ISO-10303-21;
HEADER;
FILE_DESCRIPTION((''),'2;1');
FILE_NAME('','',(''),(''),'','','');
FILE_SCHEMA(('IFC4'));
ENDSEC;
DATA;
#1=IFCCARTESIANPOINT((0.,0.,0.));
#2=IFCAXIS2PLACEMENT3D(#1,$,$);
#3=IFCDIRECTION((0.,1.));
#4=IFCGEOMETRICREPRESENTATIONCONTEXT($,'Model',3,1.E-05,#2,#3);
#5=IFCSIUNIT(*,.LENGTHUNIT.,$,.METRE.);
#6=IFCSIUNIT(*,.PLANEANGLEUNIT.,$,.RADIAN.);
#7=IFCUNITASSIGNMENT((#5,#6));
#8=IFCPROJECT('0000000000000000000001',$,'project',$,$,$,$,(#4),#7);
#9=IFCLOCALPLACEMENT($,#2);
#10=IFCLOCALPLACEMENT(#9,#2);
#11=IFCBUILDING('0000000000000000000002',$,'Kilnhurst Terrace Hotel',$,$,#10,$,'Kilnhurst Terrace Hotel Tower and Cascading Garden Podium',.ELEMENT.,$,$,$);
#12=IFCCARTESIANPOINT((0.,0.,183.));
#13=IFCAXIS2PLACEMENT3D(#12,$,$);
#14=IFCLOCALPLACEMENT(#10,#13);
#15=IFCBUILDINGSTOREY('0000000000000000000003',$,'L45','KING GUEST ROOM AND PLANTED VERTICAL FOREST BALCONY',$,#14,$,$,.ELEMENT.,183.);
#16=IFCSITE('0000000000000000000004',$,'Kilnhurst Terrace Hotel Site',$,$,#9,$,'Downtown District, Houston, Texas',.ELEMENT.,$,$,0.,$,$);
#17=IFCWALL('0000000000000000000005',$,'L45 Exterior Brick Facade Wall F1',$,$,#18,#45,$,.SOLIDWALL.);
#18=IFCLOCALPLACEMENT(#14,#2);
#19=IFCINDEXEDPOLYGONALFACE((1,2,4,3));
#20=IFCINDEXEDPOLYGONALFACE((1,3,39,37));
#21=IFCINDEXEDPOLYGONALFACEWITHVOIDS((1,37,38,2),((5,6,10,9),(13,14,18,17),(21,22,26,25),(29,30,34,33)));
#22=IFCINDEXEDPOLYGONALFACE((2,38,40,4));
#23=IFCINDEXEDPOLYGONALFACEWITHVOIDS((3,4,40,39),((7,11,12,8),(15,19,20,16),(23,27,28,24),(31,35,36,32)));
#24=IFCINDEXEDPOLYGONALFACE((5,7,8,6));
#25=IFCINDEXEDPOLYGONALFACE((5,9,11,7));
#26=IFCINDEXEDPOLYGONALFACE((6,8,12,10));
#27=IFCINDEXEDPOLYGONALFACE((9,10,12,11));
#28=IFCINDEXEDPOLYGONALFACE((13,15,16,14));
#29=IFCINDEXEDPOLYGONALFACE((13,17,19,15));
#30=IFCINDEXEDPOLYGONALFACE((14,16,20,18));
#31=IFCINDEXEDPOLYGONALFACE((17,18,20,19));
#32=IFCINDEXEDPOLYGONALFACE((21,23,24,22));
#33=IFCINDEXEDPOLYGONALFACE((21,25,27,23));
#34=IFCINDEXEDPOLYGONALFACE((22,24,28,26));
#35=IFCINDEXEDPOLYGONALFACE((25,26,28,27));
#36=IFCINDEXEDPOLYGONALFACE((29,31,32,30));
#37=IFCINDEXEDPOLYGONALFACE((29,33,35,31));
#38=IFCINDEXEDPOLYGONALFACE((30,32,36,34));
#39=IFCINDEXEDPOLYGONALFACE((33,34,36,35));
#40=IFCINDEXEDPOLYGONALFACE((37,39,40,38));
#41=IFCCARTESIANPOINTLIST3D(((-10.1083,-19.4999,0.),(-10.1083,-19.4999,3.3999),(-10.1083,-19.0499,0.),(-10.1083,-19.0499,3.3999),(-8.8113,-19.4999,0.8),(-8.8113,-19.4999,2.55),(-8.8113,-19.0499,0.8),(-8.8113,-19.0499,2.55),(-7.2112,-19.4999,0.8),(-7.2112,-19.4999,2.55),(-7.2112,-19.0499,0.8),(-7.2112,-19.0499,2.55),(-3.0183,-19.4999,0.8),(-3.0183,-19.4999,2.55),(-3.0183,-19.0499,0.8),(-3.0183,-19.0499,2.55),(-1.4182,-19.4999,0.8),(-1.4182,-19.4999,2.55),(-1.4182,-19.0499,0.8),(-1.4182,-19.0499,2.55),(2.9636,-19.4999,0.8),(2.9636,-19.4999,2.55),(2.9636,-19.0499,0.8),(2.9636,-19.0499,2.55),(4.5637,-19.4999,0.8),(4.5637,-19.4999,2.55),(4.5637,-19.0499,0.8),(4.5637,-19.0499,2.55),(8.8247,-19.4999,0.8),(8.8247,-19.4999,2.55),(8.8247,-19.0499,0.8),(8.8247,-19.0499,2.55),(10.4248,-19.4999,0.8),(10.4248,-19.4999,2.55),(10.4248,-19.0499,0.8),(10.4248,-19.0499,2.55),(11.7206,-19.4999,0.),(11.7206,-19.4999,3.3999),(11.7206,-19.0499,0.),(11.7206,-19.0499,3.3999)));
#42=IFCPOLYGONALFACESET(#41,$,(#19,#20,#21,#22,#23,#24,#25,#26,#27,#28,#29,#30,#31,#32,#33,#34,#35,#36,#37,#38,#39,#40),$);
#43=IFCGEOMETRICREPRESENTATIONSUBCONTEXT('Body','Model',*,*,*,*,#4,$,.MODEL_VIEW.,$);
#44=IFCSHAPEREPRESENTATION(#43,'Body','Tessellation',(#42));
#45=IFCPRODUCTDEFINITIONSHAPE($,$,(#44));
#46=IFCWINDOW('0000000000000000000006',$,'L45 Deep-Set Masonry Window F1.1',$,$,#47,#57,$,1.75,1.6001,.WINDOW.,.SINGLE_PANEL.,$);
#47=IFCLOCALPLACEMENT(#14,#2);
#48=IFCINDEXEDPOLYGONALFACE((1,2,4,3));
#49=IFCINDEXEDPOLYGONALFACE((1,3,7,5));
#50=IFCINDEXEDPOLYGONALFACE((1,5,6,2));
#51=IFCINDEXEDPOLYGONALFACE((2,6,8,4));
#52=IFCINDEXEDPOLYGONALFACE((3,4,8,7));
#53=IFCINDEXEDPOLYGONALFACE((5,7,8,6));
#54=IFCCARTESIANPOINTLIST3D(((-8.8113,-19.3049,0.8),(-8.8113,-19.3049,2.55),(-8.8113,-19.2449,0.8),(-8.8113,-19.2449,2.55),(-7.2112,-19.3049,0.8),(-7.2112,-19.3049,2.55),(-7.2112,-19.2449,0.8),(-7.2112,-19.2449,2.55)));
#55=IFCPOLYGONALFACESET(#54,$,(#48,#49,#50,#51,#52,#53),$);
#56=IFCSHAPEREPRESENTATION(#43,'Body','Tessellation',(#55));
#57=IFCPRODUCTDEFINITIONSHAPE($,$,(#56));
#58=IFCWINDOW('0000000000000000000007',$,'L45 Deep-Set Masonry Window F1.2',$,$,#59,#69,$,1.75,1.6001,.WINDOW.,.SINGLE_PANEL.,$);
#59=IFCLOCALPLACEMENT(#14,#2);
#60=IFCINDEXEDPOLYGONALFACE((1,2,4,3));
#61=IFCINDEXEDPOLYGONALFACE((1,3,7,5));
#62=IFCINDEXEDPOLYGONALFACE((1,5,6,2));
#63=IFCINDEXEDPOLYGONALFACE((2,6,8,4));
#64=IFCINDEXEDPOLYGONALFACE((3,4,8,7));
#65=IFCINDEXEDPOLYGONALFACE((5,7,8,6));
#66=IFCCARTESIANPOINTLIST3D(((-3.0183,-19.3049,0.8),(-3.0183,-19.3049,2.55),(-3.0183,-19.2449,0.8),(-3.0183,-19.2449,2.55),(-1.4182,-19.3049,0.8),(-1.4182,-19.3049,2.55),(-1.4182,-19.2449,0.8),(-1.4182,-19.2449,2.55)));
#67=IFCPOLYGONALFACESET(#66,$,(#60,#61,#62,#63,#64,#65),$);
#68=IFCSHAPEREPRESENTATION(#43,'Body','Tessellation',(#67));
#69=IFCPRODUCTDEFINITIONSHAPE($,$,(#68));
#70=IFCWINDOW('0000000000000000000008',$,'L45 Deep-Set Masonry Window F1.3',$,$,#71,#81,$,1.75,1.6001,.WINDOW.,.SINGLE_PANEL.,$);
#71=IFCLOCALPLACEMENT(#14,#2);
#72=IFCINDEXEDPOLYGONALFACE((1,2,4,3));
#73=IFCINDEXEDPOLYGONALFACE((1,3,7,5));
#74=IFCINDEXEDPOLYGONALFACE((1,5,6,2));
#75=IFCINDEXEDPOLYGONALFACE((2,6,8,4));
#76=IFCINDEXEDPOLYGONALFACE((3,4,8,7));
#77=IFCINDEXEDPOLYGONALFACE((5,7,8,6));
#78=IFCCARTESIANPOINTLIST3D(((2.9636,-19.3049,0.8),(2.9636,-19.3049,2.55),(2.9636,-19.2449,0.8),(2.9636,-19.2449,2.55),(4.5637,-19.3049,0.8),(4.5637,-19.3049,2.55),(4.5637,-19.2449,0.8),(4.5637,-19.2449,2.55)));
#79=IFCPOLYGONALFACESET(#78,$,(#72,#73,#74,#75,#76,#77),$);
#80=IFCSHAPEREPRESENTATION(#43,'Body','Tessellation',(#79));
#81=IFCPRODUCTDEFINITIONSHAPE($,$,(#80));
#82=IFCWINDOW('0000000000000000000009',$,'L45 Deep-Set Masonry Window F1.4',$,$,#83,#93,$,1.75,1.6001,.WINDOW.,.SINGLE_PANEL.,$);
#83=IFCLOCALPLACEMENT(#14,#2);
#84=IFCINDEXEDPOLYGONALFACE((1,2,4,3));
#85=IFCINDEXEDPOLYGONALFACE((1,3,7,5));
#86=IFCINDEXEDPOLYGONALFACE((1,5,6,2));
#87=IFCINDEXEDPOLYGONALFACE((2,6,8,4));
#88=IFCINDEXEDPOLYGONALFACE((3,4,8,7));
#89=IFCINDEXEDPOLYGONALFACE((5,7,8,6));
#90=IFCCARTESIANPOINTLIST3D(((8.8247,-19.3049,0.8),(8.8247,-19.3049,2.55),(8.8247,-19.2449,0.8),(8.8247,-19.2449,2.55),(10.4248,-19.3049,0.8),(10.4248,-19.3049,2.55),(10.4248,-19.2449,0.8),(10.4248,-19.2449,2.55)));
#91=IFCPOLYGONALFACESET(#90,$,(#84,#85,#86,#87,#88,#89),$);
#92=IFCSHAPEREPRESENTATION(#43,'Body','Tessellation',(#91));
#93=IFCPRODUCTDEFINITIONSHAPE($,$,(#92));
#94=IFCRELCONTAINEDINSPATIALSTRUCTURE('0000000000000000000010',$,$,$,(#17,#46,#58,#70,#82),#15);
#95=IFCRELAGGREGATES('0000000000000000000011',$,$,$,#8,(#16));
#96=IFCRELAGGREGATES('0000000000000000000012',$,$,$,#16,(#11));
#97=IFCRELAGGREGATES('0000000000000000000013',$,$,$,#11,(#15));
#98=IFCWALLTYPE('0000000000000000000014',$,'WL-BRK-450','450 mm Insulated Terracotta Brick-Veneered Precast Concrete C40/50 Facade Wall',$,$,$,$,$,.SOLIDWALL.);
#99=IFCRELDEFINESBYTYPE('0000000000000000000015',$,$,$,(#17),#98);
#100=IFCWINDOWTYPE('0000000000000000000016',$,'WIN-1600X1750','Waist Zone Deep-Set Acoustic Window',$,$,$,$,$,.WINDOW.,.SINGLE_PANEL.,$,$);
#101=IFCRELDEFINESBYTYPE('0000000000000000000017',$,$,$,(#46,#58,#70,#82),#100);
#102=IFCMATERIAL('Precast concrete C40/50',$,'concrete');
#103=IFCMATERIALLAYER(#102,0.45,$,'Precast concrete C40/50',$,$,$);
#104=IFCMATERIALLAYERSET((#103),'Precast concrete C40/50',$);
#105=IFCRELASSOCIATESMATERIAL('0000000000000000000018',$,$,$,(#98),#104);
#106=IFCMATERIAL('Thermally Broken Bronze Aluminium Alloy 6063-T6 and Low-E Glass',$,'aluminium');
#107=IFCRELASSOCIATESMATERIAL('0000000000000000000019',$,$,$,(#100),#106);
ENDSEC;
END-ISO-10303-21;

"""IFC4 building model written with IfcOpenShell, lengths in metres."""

from ifc_helpers import new_model, si_unit, direction, frame, frame_2d, origin, place, context, subcontext, project, spatial, rectangle, extrude, material, layer, layer_set, type_object, element, fill, save


model = new_model("IFC4")

# Units and contexts
model_context = context("Model", 3, precision=1e-05, world=origin(), true_north=direction((0.0, 1.0)))
body_context = subcontext(model_context, "Body", "Model", "MODEL_VIEW")
ifc_project = project(units=[si_unit("LENGTHUNIT", "METRE"), si_unit("PLANEANGLEUNIT", "RADIAN")], contexts=[model_context])

# Site, building, storey
site_placement = place(None, origin())
site = spatial("IfcSite", under=ifc_project, at=site_placement, Name="Kilnhurst Terrace Hotel Site", LongName="Downtown District, Houston, Texas", CompositionType="ELEMENT", RefElevation=0.0)
building_placement = place(site_placement, origin())
building = spatial("IfcBuilding", under=site, at=building_placement, Name="Kilnhurst Terrace Hotel", LongName="Kilnhurst Terrace Hotel Tower and Cascading Garden Podium", CompositionType="ELEMENT")
storey_placement = place(building_placement, frame((0.0, 0.0, 183.0)))
storey = spatial("IfcBuildingStorey", under=building, at=storey_placement, Name="L45", Description="KING GUEST ROOM AND PLANTED VERTICAL FOREST BALCONY", CompositionType="ELEMENT", Elevation=183.0)

# Shared definitions
ifc_material_1 = material(Name="Precast concrete C40/50", Category="concrete")
ifc_layer_1 = layer(ifc_material_1, 0.45, Name="Precast concrete C40/50")
ifc_layer_set_1 = layer_set([ifc_layer_1], Name="Precast concrete C40/50")
wall_type_1 = type_object("IfcWallType", Name="WL-BRK-450", Description="450 mm Insulated Terracotta Brick-Veneered Precast Concrete C40/50 Facade Wall", PredefinedType="SOLIDWALL", material=ifc_layer_set_1)

# Wall, openings, windows
wall_1_placement = place(storey_placement, frame((-10.1084, -19.2749, 0.0), z_axis=(0.0, 0.0, 1.0), x_axis=(1.0, 0.0, 0.0)))
wall_1 = element("IfcWall", 1, at=wall_1_placement, inside=storey, type_object=wall_type_1, Name="L45 Exterior Brick Facade Wall F1", PredefinedType="SOLIDWALL", context=body_context, shape_type="SweptSolid", body=[
    extrude(rectangle(XDim=21.8289, YDim=0.45, at=frame_2d((10.9146, 0.0))), origin(), (0.0, 0.0, 1.0), 3.3999),
])
opening_1_placement = place(wall_1_placement, frame((1.2971, 0.0, 0.8)))
opening_1 = element("IfcOpeningElement", 2, at=opening_1_placement, cuts=wall_1, PredefinedType="OPENING", context=body_context, shape_type="SweptSolid", body=[
    extrude(rectangle(XDim=1.6001, YDim=1.75, at=frame_2d((0.8, 0.875))), frame((0.0, 0.2349, 0.0), z_axis=(0.0, -1.0, 0.0), x_axis=(1.0, 0.0, 0.0)), (0.0, 0.0, 1.0), 0.47),
])
opening_2_placement = place(wall_1_placement, frame((7.0901, 0.0, 0.8)))
opening_2 = element("IfcOpeningElement", 3, at=opening_2_placement, cuts=wall_1, PredefinedType="OPENING", context=body_context, shape_type="SweptSolid", body=[
    extrude(rectangle(XDim=1.6001, YDim=1.75, at=frame_2d((0.8, 0.875))), frame((0.0, 0.2349, 0.0), z_axis=(0.0, -1.0, 0.0), x_axis=(1.0, 0.0, 0.0)), (0.0, 0.0, 1.0), 0.47),
])
opening_3_placement = place(wall_1_placement, frame((13.072, 0.0, 0.8)))
opening_3 = element("IfcOpeningElement", 4, at=opening_3_placement, cuts=wall_1, PredefinedType="OPENING", context=body_context, shape_type="SweptSolid", body=[
    extrude(rectangle(XDim=1.6001, YDim=1.75, at=frame_2d((0.8, 0.875))), frame((0.0, 0.2349, 0.0), z_axis=(0.0, -1.0, 0.0), x_axis=(1.0, 0.0, 0.0)), (0.0, 0.0, 1.0), 0.47),
])
opening_4_placement = place(wall_1_placement, frame((18.9331, 0.0, 0.8)))
opening_4 = element("IfcOpeningElement", 5, at=opening_4_placement, cuts=wall_1, PredefinedType="OPENING", context=body_context, shape_type="SweptSolid", body=[
    extrude(rectangle(XDim=1.6001, YDim=1.75, at=frame_2d((0.8, 0.875))), frame((0.0, 0.2349, 0.0), z_axis=(0.0, -1.0, 0.0), x_axis=(1.0, 0.0, 0.0)), (0.0, 0.0, 1.0), 0.47),
])
ifc_material_2 = material(Name="Thermally Broken Bronze Aluminium Alloy 6063-T6 and Low-E Glass", Category="aluminium")
window_type = type_object("IfcWindowType", Name="WIN-1600X1750", Description="Waist Zone Deep-Set Acoustic Window", PartitioningType="SINGLE_PANEL", PredefinedType="WINDOW", material=ifc_material_2)
window_1_placement = place(opening_1_placement, origin())
window_1 = element("IfcWindow", 6, at=window_1_placement, inside=storey, type_object=window_type, Name="L45 Deep-Set Masonry Window F1.1", OverallHeight=1.75, OverallWidth=1.6001, PartitioningType="SINGLE_PANEL", PredefinedType="WINDOW", context=body_context, shape_type="SweptSolid", body=[
    extrude(rectangle(XDim=1.6001, YDim=1.75, at=frame_2d((0.8, 0.875))), frame((0.0, 0.03, 0.0), z_axis=(0.0, -1.0, 0.0), x_axis=(1.0, 0.0, 0.0)), (0.0, 0.0, 1.0), 0.0601),
])
fill(opening_1, window_1)
window_2_placement = place(opening_2_placement, origin())
window_2 = element("IfcWindow", 7, at=window_2_placement, inside=storey, type_object=window_type, Name="L45 Deep-Set Masonry Window F1.2", OverallHeight=1.75, OverallWidth=1.6001, PartitioningType="SINGLE_PANEL", PredefinedType="WINDOW", context=body_context, shape_type="SweptSolid", body=[
    extrude(rectangle(XDim=1.6001, YDim=1.75, at=frame_2d((0.8, 0.875))), frame((0.0, 0.03, 0.0), z_axis=(0.0, -1.0, 0.0), x_axis=(1.0, 0.0, 0.0)), (0.0, 0.0, 1.0), 0.0601),
])
fill(opening_2, window_2)
window_3_placement = place(opening_3_placement, origin())
window_3 = element("IfcWindow", 8, at=window_3_placement, inside=storey, type_object=window_type, Name="L45 Deep-Set Masonry Window F1.3", OverallHeight=1.75, OverallWidth=1.6001, PartitioningType="SINGLE_PANEL", PredefinedType="WINDOW", context=body_context, shape_type="SweptSolid", body=[
    extrude(rectangle(XDim=1.6001, YDim=1.75, at=frame_2d((0.8, 0.875))), frame((0.0, 0.03, 0.0), z_axis=(0.0, -1.0, 0.0), x_axis=(1.0, 0.0, 0.0)), (0.0, 0.0, 1.0), 0.0601),
])
fill(opening_3, window_3)
window_4_placement = place(opening_4_placement, origin())
window_4 = element("IfcWindow", 9, at=window_4_placement, inside=storey, type_object=window_type, Name="L45 Deep-Set Masonry Window F1.4", OverallHeight=1.75, OverallWidth=1.6001, PartitioningType="SINGLE_PANEL", PredefinedType="WINDOW", context=body_context, shape_type="SweptSolid", body=[
    extrude(rectangle(XDim=1.6001, YDim=1.75, at=frame_2d((0.8, 0.875))), frame((0.0, 0.03, 0.0), z_axis=(0.0, -1.0, 0.0), x_axis=(1.0, 0.0, 0.0)), (0.0, 0.0, 1.0), 0.0601),
])
fill(opening_4, window_4)

save(model, "model.ifc")
